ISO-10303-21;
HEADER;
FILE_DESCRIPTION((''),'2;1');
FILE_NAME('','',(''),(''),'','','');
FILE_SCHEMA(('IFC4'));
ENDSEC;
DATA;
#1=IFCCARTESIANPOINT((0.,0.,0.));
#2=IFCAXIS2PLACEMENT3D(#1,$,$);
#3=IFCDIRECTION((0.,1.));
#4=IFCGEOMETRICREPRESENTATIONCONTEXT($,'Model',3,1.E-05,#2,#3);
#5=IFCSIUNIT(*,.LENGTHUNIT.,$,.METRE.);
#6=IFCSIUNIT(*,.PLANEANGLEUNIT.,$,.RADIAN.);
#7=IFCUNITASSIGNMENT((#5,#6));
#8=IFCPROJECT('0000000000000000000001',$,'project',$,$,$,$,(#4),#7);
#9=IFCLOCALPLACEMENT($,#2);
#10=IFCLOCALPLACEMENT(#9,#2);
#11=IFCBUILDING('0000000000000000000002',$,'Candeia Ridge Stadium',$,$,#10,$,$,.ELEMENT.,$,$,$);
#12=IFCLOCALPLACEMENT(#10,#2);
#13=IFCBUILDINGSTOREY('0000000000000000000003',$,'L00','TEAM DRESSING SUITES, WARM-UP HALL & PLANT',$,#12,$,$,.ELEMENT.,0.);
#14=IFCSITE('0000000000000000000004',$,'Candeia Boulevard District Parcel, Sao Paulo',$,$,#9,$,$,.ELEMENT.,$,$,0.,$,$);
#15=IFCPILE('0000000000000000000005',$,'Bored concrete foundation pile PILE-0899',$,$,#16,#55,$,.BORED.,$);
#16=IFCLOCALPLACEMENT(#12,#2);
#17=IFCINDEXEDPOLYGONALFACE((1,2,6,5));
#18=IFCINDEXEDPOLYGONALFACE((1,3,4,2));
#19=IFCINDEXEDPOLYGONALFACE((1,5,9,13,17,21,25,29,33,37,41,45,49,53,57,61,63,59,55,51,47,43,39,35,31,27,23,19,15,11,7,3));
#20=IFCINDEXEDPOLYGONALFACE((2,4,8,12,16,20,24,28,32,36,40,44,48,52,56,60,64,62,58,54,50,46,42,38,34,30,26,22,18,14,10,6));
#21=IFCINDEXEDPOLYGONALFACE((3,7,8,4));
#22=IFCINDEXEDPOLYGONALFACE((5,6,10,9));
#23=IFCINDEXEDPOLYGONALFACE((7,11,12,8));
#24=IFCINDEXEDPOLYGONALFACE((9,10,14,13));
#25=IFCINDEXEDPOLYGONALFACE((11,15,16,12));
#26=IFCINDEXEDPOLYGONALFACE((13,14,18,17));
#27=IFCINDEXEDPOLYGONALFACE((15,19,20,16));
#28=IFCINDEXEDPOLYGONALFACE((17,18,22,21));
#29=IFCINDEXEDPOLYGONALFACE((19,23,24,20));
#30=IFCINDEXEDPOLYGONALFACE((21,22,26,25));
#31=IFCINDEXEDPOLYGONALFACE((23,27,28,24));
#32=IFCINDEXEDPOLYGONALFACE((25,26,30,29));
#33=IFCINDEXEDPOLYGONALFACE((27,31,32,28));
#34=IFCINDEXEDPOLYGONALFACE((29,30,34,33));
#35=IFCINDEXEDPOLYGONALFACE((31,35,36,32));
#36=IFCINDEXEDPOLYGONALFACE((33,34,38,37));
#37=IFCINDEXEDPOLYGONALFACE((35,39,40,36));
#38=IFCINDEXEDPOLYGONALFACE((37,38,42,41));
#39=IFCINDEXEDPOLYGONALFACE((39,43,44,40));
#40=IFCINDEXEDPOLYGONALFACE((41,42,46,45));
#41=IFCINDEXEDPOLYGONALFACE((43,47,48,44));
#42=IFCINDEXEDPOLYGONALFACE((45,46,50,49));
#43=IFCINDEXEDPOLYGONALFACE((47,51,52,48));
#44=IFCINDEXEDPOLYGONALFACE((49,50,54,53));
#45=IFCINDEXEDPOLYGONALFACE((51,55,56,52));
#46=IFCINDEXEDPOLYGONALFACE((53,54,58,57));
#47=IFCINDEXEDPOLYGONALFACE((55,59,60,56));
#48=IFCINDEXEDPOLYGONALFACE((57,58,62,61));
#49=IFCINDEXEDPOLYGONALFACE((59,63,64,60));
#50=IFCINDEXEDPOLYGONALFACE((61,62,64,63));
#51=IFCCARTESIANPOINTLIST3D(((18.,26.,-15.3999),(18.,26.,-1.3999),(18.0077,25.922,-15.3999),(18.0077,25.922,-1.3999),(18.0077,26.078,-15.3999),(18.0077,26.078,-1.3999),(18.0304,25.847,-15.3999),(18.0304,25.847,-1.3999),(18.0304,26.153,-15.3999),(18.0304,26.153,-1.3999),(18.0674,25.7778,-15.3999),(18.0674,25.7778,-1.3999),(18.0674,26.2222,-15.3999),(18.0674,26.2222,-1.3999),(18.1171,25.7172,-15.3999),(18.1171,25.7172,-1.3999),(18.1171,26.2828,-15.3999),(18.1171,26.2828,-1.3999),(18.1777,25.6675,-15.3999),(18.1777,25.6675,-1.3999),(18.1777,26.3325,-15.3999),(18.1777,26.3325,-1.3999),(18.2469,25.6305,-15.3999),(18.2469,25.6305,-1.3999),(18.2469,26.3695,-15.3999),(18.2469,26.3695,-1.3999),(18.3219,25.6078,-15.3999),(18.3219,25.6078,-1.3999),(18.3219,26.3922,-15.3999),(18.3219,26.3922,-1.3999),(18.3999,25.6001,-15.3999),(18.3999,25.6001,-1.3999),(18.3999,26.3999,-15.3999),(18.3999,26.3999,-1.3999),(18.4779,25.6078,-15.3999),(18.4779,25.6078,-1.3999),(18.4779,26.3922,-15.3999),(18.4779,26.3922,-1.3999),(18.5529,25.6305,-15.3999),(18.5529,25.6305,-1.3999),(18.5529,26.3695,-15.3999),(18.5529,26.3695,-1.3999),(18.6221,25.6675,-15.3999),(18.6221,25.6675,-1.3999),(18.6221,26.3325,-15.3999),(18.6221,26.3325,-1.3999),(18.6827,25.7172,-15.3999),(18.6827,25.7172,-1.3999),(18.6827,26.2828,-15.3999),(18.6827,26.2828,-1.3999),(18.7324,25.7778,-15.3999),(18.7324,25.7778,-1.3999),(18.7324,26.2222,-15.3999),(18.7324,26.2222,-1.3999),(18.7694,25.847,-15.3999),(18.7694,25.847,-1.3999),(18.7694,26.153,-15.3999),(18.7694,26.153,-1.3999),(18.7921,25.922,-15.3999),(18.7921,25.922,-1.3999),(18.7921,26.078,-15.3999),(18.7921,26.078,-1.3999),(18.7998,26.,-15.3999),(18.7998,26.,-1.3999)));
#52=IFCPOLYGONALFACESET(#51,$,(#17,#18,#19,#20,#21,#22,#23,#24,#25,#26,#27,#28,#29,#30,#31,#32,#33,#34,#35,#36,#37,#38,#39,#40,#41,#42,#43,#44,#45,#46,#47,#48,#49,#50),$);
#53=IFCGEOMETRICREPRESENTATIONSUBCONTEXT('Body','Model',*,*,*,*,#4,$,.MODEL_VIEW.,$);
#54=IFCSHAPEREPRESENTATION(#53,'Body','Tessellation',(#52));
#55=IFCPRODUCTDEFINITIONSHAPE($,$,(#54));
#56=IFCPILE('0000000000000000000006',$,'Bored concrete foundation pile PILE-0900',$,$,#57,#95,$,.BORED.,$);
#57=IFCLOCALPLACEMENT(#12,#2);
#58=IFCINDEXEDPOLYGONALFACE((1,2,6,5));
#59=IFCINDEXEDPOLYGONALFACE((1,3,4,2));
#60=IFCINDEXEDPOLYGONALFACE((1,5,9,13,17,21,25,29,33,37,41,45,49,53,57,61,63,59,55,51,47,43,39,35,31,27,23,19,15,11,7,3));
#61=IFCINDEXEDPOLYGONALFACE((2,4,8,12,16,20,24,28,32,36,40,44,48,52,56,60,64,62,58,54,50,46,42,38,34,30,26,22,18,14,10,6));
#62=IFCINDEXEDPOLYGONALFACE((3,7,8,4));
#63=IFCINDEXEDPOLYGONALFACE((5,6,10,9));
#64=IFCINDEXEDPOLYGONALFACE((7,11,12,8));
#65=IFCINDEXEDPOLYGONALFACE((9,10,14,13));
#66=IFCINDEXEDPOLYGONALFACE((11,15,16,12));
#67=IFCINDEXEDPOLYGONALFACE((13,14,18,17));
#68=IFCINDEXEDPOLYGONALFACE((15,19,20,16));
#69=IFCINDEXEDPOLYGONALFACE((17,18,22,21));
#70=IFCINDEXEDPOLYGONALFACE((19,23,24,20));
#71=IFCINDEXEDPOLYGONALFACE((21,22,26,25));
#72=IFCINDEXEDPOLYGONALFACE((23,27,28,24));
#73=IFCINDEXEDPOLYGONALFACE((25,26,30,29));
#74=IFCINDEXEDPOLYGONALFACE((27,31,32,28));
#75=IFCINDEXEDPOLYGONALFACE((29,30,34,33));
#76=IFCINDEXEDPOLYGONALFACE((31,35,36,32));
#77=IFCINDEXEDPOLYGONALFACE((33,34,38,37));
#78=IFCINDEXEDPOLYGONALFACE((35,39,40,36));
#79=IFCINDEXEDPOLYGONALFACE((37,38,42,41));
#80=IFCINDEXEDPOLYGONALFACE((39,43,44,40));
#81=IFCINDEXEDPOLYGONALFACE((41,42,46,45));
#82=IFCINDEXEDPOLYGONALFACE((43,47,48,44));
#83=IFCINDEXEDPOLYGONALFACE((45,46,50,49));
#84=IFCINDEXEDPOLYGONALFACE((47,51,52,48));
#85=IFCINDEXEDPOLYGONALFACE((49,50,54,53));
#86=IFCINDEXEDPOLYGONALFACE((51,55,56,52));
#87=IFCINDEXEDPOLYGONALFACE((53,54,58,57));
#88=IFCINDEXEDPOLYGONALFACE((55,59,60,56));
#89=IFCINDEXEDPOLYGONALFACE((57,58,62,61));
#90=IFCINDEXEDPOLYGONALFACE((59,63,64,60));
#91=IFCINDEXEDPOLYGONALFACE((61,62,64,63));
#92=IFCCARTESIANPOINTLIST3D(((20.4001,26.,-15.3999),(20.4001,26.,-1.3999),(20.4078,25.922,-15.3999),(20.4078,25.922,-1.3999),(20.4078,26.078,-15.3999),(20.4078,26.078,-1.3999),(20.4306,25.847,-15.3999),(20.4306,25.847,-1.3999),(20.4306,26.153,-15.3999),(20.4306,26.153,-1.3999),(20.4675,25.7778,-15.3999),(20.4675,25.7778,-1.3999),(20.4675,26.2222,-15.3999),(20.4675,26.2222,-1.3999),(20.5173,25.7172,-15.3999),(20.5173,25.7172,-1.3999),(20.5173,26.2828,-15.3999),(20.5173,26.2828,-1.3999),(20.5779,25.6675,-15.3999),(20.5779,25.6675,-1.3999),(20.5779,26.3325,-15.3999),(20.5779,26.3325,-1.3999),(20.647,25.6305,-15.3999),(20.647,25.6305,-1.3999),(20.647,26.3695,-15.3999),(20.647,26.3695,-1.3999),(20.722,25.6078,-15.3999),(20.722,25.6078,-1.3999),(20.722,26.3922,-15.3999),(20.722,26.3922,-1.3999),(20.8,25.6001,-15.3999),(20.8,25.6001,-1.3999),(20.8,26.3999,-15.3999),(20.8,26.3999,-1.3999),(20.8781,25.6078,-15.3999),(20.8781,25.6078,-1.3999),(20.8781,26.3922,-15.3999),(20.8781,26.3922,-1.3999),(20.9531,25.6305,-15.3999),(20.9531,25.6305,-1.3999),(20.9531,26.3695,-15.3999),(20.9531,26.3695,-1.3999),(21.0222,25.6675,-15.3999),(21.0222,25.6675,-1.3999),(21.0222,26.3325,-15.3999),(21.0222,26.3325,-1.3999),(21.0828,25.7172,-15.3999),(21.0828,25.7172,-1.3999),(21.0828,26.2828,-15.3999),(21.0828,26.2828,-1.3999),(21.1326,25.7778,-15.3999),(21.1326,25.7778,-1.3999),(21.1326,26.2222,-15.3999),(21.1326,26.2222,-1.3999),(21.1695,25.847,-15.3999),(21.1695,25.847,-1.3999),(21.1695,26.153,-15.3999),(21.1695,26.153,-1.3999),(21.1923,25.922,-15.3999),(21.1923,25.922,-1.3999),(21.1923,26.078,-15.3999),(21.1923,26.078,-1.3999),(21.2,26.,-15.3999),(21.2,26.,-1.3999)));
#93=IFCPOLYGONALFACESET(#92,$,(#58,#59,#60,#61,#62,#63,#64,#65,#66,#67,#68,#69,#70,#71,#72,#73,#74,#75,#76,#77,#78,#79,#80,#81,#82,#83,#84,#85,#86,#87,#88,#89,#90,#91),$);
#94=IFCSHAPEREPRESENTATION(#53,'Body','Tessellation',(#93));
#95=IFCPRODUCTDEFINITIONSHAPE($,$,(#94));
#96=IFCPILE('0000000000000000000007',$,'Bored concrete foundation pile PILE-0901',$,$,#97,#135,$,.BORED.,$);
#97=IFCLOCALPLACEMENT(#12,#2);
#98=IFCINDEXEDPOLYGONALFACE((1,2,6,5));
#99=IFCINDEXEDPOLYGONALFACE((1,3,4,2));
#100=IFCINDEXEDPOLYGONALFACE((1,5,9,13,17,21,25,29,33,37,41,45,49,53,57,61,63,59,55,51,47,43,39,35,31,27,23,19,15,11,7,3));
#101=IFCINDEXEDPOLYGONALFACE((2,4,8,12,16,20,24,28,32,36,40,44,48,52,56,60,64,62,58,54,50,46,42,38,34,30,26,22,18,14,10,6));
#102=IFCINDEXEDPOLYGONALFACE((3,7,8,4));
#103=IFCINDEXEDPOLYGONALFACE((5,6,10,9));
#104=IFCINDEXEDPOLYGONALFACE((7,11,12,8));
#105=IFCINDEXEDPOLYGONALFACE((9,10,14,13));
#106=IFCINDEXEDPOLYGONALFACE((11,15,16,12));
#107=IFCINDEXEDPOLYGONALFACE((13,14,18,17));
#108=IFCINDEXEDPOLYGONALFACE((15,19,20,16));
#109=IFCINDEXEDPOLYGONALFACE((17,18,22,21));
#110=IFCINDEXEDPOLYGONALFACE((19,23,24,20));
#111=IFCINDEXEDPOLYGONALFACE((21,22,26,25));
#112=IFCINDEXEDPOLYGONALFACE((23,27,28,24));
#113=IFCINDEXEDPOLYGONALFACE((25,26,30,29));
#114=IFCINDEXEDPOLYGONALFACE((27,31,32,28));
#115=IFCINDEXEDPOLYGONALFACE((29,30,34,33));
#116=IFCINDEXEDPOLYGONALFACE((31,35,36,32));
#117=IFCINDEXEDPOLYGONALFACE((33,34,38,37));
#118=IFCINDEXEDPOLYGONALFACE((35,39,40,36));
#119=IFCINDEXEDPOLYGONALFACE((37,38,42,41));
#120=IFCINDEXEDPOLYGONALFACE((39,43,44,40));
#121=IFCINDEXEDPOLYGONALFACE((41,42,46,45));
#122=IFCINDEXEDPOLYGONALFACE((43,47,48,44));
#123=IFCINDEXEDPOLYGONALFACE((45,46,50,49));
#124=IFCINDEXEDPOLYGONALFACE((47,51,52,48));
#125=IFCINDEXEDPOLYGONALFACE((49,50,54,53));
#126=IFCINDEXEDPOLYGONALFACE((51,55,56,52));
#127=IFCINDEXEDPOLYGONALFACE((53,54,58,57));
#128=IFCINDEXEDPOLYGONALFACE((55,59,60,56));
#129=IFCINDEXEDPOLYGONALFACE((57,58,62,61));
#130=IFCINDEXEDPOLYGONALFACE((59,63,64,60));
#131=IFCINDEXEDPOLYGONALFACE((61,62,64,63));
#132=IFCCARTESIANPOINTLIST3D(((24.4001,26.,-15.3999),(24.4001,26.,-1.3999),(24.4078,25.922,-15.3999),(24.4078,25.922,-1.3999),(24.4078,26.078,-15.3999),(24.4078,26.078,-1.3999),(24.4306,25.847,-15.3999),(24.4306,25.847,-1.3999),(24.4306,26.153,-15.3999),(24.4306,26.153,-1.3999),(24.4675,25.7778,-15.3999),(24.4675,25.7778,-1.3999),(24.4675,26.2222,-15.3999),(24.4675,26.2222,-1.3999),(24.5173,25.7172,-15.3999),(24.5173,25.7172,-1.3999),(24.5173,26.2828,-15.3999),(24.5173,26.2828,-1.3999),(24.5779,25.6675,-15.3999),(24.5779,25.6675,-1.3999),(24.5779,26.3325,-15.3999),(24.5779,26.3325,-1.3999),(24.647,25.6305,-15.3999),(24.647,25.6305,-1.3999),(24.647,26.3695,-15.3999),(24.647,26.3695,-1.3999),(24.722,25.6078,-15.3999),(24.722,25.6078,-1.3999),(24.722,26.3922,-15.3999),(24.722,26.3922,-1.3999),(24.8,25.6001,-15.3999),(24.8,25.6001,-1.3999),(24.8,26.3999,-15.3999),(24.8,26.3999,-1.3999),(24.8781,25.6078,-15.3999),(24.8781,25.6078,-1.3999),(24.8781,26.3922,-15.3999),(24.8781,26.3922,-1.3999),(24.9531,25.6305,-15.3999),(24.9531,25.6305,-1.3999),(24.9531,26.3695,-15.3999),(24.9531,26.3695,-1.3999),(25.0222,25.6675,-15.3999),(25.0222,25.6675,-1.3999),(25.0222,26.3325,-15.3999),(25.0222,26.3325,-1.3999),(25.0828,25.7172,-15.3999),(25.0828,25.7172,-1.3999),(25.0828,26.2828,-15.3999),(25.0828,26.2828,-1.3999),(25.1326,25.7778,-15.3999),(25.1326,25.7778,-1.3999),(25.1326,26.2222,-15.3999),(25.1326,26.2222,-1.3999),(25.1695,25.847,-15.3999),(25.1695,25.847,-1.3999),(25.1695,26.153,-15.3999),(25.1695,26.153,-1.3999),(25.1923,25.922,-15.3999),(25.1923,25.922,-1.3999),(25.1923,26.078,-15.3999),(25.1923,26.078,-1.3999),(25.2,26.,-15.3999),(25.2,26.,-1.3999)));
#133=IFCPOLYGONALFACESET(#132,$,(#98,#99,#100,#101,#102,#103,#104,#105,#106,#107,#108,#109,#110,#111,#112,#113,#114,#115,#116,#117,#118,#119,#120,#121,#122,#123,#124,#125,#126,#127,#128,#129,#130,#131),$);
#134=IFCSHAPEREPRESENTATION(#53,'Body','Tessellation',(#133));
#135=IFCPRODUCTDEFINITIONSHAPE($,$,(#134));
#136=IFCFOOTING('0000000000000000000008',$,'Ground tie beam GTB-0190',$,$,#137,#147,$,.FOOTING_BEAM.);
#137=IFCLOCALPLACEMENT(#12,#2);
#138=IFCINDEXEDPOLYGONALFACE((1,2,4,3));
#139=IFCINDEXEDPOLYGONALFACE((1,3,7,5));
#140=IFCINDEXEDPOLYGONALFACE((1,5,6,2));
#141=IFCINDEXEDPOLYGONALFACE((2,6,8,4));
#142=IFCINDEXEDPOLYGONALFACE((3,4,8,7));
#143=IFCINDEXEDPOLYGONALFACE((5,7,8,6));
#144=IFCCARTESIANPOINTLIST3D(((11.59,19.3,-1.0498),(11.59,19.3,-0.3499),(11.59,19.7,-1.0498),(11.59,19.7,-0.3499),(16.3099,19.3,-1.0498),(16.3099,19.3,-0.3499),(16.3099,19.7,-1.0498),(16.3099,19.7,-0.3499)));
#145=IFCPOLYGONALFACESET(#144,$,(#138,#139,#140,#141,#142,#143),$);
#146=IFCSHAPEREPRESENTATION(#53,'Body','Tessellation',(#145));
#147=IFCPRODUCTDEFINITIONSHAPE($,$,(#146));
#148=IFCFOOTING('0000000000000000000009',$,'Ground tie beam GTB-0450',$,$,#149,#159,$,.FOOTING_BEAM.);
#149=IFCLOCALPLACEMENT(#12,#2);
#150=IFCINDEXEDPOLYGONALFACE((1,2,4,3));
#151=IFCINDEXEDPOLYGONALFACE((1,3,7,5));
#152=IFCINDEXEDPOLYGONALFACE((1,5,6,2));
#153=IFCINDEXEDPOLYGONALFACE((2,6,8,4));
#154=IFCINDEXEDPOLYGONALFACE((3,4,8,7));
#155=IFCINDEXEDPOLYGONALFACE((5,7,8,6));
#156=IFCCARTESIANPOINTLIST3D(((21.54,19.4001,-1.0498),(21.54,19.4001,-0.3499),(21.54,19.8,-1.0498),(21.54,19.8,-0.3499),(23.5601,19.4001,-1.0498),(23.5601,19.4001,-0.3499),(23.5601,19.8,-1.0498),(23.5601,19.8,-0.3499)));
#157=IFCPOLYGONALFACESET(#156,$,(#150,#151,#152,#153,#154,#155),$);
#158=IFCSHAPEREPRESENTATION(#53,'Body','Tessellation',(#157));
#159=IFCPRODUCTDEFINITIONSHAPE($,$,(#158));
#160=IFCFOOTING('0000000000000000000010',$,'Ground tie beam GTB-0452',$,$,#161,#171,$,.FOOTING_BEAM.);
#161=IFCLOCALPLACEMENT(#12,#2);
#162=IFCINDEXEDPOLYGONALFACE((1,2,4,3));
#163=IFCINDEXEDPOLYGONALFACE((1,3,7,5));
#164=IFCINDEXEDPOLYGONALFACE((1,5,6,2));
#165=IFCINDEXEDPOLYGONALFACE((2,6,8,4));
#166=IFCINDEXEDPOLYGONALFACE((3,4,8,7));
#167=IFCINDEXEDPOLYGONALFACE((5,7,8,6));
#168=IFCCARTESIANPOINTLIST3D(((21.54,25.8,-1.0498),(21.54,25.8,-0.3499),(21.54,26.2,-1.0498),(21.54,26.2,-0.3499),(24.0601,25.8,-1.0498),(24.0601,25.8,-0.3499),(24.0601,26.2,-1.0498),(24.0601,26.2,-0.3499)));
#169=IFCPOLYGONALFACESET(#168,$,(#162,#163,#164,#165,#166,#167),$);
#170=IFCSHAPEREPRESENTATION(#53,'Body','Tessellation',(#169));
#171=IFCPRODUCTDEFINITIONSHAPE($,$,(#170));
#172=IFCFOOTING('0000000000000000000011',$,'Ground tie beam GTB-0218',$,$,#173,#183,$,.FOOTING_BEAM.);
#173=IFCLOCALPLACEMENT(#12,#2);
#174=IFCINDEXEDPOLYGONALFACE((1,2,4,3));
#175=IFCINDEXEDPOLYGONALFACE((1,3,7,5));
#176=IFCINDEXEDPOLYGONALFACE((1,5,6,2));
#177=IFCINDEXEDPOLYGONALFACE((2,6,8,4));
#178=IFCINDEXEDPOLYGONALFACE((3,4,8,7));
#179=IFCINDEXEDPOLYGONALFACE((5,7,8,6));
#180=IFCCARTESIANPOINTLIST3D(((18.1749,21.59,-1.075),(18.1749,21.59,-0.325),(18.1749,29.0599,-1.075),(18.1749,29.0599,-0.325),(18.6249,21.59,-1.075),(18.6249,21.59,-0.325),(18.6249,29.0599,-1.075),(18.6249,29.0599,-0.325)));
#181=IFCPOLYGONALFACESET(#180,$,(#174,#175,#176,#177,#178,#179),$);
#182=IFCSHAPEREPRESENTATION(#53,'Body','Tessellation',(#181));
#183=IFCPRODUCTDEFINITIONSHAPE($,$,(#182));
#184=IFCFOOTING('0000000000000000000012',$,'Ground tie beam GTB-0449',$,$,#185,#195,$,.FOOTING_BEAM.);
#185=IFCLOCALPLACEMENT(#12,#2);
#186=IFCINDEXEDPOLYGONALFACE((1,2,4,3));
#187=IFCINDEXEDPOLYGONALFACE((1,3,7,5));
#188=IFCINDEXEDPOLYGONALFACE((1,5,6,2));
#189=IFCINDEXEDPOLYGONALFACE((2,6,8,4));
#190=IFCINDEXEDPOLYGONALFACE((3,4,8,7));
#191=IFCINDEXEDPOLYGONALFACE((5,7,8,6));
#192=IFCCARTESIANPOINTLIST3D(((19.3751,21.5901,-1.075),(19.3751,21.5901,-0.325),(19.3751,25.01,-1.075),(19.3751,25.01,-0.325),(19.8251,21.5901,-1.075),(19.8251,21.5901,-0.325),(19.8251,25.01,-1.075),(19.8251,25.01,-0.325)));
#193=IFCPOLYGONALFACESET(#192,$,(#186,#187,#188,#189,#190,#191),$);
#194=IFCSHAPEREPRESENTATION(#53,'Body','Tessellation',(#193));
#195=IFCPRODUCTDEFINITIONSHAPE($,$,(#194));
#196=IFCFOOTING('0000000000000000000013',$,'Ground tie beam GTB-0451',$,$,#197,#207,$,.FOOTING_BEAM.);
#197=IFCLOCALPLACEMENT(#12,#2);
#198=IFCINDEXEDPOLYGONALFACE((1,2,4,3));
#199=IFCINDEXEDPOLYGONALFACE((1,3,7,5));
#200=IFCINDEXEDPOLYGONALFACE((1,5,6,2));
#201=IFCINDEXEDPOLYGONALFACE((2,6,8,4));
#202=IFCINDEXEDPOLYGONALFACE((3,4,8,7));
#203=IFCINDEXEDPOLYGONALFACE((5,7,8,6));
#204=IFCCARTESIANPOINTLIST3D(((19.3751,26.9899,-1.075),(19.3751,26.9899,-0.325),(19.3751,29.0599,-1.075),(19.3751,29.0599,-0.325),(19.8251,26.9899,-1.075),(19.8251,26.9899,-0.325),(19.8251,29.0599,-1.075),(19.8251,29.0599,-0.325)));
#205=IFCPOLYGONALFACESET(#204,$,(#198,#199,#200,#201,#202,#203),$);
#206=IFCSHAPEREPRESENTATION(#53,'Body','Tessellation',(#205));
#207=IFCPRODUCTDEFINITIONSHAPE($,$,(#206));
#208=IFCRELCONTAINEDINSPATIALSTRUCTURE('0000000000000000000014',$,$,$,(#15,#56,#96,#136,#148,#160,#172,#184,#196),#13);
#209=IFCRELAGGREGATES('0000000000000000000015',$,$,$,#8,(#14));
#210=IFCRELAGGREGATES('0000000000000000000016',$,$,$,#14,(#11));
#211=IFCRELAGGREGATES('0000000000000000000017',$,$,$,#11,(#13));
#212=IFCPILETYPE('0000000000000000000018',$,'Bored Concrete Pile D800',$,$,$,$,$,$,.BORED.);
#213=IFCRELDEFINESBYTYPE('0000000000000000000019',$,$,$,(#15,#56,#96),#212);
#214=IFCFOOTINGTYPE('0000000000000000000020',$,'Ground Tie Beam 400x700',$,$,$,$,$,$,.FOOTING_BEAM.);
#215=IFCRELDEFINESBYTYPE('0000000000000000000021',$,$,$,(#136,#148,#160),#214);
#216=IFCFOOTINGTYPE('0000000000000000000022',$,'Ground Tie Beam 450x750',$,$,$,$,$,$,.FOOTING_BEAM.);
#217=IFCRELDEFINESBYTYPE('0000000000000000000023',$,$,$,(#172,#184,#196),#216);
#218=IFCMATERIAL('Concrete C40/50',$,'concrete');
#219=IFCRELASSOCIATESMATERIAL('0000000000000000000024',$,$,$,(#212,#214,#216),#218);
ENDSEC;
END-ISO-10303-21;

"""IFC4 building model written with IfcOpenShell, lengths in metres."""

from ifc_helpers import new_model, si_unit, direction, frame, origin, origin_2d, place, context, subcontext, project, spatial, rectangle, circle, extrude, material, material_profile, profile_set, type_object, element, save


model = new_model("IFC4")

# Units and contexts
model_context = context("Model", 3, precision=1e-05, world=origin(), true_north=direction((0.0, 1.0)))
body_context = subcontext(model_context, "Body", "Model", "MODEL_VIEW")
ifc_project = project(units=[si_unit("LENGTHUNIT", "METRE"), si_unit("PLANEANGLEUNIT", "RADIAN")], contexts=[model_context])

# Site, building, storey
site_placement = place(None, origin())
site = spatial("IfcSite", under=ifc_project, at=site_placement, Name="Candeia Boulevard District Parcel, Sao Paulo", CompositionType="ELEMENT", RefElevation=0.0)
building_placement = place(site_placement, origin())
building = spatial("IfcBuilding", under=site, at=building_placement, Name="Candeia Ridge Stadium", CompositionType="ELEMENT")
storey_placement = place(building_placement, origin())
storey = spatial("IfcBuildingStorey", under=building, at=storey_placement, Name="L00", Description="TEAM DRESSING SUITES, WARM-UP HALL & PLANT", CompositionType="ELEMENT", Elevation=0.0)

# Piles
ifc_material_1 = material(Name="Concrete C40/50", Category="concrete")
ifc_material_profile_1 = material_profile(ifc_material_1, circle(Radius=0.3999, at=origin_2d()), Name="PILE-D800", Category="concrete")
ifc_profile_set_1 = profile_set([ifc_material_profile_1], Name="Concrete C40/50")
pile_type = type_object("IfcPileType", Name="Bored Concrete Pile D800", PredefinedType="BORED", material=ifc_profile_set_1)
for number, where, z_axis, x_axis, name in (
    (1, (18.3999, 26.0, -1.3999), (0.0, 0.0, -1.0), (1.0, 0.0, 0.0), "Bored concrete foundation pile PILE-0899"),
    (2, (20.8, 26.0, -1.3999), (0.0, 0.0, -1.0), (1.0, 0.0, 0.0), "Bored concrete foundation pile PILE-0900"),
    (3, (24.8, 26.0, -1.3999), (0.0, 0.0, -1.0), (1.0, 0.0, 0.0), "Bored concrete foundation pile PILE-0901"),
):
    element("IfcPile", number, at=place(storey_placement, frame(where, z_axis=z_axis, x_axis=x_axis)), inside=storey, type_object=pile_type, Name=name, PredefinedType="BORED", context=body_context, shape_type="SweptSolid", body=[
        extrude(circle(Radius=0.3999, at=origin_2d()), origin(), (0.0, 0.0, 1.0), 14.0),
    ])

# Footings
footing_type_1 = type_object("IfcFootingType", Name="Ground Tie Beam 400x700", PredefinedType="FOOTING_BEAM", material=ifc_material_1)
footing_1_placement = place(storey_placement, frame((13.95, 19.5, -1.0498), z_axis=(0.0, 0.0, 1.0), x_axis=(1.0, 0.0, 0.0)))
element("IfcFooting", 4, at=footing_1_placement, inside=storey, type_object=footing_type_1, Name="Ground tie beam GTB-0190", PredefinedType="FOOTING_BEAM", context=body_context, shape_type="SweptSolid", body=[
    extrude(rectangle(XDim=4.72, YDim=0.3999, at=origin_2d()), origin(), (0.0, 0.0, 1.0), 0.7),
])
footing_2_placement = place(storey_placement, frame((22.55, 19.6001, -1.0498), z_axis=(0.0, 0.0, 1.0), x_axis=(1.0, 0.0, 0.0)))
element("IfcFooting", 5, at=footing_2_placement, inside=storey, type_object=footing_type_1, Name="Ground tie beam GTB-0450", PredefinedType="FOOTING_BEAM", context=body_context, shape_type="SweptSolid", body=[
    extrude(rectangle(XDim=2.02, YDim=0.3999, at=origin_2d()), origin(), (0.0, 0.0, 1.0), 0.7),
])
footing_3_placement = place(storey_placement, frame((22.8, 26.0, -1.0498), z_axis=(0.0, 0.0, 1.0), x_axis=(1.0, 0.0, 0.0)))
element("IfcFooting", 6, at=footing_3_placement, inside=storey, type_object=footing_type_1, Name="Ground tie beam GTB-0452", PredefinedType="FOOTING_BEAM", context=body_context, shape_type="SweptSolid", body=[
    extrude(rectangle(XDim=2.52, YDim=0.3999, at=origin_2d()), origin(), (0.0, 0.0, 1.0), 0.7),
])
footing_type_2 = type_object("IfcFootingType", Name="Ground Tie Beam 450x750", PredefinedType="FOOTING_BEAM", material=ifc_material_1)
footing_4_placement = place(storey_placement, frame((18.3999, 25.325, -1.075), z_axis=(0.0, 0.0, 1.0), x_axis=(0.0, 1.0, 0.0)))
element("IfcFooting", 7, at=footing_4_placement, inside=storey, type_object=footing_type_2, Name="Ground tie beam GTB-0218", PredefinedType="FOOTING_BEAM", context=body_context, shape_type="SweptSolid", body=[
    extrude(rectangle(XDim=7.47, YDim=0.45, at=origin_2d()), origin(), (0.0, 0.0, 1.0), 0.75),
])
footing_5_placement = place(storey_placement, frame((19.6001, 23.3, -1.075), z_axis=(0.0, 0.0, 1.0), x_axis=(0.0, 1.0, 0.0)))
element("IfcFooting", 8, at=footing_5_placement, inside=storey, type_object=footing_type_2, Name="Ground tie beam GTB-0449", PredefinedType="FOOTING_BEAM", context=body_context, shape_type="SweptSolid", body=[
    extrude(rectangle(XDim=3.4199, YDim=0.45, at=origin_2d()), origin(), (0.0, 0.0, 1.0), 0.75),
])
footing_6_placement = place(storey_placement, frame((19.6001, 28.0249, -1.075), z_axis=(0.0, 0.0, 1.0), x_axis=(0.0, 1.0, 0.0)))
element("IfcFooting", 9, at=footing_6_placement, inside=storey, type_object=footing_type_2, Name="Ground tie beam GTB-0451", PredefinedType="FOOTING_BEAM", context=body_context, shape_type="SweptSolid", body=[
    extrude(rectangle(XDim=2.0701, YDim=0.45, at=origin_2d()), origin(), (0.0, 0.0, 1.0), 0.75),
])

save(model, "model.ifc")
